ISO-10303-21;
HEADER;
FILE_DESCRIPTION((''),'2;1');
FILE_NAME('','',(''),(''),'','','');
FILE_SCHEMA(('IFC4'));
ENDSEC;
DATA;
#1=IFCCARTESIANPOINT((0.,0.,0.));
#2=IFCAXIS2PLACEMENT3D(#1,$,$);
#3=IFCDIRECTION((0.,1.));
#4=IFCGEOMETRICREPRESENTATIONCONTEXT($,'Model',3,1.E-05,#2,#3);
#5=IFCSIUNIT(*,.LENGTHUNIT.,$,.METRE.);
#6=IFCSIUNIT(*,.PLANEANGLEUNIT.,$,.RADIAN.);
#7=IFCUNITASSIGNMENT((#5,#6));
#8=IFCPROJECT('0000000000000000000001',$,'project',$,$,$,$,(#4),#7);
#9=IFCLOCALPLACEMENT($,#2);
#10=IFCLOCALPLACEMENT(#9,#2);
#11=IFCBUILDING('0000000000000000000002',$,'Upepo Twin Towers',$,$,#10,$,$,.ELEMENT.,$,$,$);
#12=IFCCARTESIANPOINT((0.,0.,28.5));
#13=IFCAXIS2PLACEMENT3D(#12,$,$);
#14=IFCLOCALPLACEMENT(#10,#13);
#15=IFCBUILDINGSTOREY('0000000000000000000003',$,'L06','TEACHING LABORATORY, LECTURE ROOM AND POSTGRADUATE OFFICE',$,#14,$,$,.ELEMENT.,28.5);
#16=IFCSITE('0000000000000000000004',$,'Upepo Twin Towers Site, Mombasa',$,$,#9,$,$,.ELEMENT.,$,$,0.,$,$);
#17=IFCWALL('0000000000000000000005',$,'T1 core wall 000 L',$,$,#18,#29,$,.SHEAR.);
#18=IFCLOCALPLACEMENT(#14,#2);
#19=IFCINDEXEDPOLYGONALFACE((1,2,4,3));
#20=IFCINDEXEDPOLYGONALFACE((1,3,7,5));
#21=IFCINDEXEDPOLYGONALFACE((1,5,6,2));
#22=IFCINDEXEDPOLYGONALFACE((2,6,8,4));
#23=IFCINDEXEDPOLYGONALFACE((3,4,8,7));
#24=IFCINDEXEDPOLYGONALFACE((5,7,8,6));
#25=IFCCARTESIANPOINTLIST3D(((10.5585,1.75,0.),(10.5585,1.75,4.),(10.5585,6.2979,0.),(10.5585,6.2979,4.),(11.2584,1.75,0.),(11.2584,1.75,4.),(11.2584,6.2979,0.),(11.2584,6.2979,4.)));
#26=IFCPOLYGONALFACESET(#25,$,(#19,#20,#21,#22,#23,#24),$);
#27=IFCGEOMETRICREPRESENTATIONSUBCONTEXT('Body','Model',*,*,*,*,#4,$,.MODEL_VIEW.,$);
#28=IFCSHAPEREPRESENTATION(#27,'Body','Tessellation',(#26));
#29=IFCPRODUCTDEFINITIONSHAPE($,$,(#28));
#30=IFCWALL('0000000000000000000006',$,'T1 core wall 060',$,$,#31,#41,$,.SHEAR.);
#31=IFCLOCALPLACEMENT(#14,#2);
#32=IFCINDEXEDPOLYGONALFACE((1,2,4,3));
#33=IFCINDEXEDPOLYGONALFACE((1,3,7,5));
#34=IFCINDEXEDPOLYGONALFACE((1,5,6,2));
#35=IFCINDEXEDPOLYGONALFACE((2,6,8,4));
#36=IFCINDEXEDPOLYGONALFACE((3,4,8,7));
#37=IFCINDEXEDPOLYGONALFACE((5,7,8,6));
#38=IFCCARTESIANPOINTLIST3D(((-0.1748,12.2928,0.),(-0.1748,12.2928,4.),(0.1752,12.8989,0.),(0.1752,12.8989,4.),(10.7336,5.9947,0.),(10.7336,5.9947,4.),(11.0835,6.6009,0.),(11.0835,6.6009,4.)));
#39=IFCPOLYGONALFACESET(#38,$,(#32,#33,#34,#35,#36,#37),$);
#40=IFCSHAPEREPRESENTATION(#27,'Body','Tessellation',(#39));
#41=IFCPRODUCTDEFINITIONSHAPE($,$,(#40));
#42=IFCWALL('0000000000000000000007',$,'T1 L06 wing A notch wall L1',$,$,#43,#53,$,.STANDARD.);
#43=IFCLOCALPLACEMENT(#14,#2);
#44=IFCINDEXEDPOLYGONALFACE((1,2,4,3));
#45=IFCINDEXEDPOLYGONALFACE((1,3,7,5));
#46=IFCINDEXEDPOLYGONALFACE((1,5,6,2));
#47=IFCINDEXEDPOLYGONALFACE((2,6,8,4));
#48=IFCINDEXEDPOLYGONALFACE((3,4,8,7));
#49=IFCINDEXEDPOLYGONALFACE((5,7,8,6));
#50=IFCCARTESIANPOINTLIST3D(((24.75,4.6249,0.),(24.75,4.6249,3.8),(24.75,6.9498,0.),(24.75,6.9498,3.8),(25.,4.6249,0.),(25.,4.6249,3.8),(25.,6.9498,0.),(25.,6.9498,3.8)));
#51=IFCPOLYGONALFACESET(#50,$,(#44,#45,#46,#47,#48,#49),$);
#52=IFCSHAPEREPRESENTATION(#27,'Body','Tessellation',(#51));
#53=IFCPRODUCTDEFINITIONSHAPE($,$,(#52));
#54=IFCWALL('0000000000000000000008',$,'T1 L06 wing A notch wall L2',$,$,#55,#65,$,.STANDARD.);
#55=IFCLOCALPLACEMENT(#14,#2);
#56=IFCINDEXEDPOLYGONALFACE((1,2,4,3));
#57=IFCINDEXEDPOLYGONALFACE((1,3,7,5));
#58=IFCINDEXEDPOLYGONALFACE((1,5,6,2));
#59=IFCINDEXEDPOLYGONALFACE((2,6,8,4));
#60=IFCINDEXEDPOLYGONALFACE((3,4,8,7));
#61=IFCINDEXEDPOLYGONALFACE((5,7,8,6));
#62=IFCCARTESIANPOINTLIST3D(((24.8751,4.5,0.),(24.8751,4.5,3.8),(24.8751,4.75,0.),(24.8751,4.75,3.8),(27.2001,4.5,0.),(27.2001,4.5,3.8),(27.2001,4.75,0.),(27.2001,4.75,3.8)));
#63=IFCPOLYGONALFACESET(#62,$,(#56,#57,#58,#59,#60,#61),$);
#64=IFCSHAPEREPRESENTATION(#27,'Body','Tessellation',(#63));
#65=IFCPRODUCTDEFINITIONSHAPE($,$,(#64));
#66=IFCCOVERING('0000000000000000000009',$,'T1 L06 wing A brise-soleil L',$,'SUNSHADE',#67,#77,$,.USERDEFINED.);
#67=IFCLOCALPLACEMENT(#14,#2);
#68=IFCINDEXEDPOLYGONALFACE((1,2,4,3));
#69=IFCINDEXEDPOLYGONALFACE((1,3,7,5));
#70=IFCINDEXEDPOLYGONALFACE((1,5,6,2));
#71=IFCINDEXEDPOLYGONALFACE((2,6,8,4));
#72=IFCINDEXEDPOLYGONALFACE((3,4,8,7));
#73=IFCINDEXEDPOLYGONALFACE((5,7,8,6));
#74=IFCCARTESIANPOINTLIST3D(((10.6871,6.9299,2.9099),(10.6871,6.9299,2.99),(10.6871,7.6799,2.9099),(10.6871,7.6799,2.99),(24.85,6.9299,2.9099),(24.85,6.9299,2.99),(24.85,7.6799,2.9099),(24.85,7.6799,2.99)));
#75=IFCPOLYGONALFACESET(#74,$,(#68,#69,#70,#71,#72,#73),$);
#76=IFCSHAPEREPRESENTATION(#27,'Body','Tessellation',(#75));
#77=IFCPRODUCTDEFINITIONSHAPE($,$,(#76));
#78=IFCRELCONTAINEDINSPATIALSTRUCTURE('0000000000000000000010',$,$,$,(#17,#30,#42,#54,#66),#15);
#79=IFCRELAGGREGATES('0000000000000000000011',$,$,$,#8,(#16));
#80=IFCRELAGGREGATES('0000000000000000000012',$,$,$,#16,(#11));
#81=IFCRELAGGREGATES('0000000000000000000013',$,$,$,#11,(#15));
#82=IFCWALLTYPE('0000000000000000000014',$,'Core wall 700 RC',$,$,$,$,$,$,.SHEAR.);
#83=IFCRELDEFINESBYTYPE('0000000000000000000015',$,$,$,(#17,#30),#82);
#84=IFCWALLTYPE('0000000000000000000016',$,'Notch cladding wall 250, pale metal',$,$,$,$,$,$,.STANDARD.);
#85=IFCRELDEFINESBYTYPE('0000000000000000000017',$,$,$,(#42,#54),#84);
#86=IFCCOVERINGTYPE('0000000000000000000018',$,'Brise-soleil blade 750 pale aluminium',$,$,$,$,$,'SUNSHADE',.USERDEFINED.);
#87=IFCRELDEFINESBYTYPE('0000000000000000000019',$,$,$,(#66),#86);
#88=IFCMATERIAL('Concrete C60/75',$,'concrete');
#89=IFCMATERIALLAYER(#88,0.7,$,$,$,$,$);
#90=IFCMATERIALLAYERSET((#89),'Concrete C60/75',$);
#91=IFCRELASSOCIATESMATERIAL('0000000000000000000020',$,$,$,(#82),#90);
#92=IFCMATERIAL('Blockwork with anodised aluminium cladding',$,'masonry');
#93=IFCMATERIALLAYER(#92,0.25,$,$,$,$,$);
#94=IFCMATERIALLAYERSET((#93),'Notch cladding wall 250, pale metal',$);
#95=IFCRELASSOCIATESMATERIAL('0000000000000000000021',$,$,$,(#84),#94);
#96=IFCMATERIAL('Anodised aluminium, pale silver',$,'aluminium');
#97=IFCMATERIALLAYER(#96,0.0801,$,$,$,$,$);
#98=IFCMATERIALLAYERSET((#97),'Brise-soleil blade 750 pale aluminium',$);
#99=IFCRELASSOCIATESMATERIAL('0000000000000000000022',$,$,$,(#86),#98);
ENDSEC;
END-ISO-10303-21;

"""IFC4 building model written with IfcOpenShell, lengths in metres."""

from ifc_helpers import new_model, si_unit, direction, frame, frame_2d, origin, origin_2d, place, context, subcontext, project, spatial, rectangle, extrude, material, layer, layer_set, type_object, element, save


model = new_model("IFC4")

# Units and contexts
model_context = context("Model", 3, precision=1e-05, world=origin(), true_north=direction((0.0, 1.0)))
body_context = subcontext(model_context, "Body", "Model", "MODEL_VIEW")
ifc_project = project(units=[si_unit("LENGTHUNIT", "METRE"), si_unit("PLANEANGLEUNIT", "RADIAN")], contexts=[model_context])

# Site, building, storey
site_placement = place(None, origin())
site = spatial("IfcSite", under=ifc_project, at=site_placement, Name="Upepo Twin Towers Site, Mombasa", CompositionType="ELEMENT", RefElevation=0.0)
building_placement = place(site_placement, origin())
building = spatial("IfcBuilding", under=site, at=building_placement, Name="Upepo Twin Towers", CompositionType="ELEMENT")
storey_placement = place(building_placement, frame((0.0, 0.0, 28.5)))
storey = spatial("IfcBuildingStorey", under=building, at=storey_placement, Name="L06", Description="TEACHING LABORATORY, LECTURE ROOM AND POSTGRADUATE OFFICE", CompositionType="ELEMENT", Elevation=28.5)

# Walls
ifc_material_1 = material(Name="Concrete C60/75", Category="concrete")
ifc_layer_1 = layer(ifc_material_1, 0.7)
ifc_layer_set_1 = layer_set([ifc_layer_1], Name="Concrete C60/75")
wall_type_1 = type_object("IfcWallType", Name="Core wall 700 RC", PredefinedType="SHEAR", material=ifc_layer_set_1)
wall_1_placement = place(storey_placement, frame((10.9084, 1.75, 0.0), z_axis=(0.0, 0.0, 1.0), x_axis=(0.0, 1.0, 0.0)))
element("IfcWall", 1, at=wall_1_placement, inside=storey, type_object=wall_type_1, Name="T1 core wall 000 L", PredefinedType="SHEAR", context=body_context, shape_type="SweptSolid", body=[
    extrude(rectangle(XDim=4.5479, YDim=0.7, at=frame_2d((2.2739, 0.0))), origin(), (0.0, 0.0, 1.0), 4.0),
])
wall_2_placement = place(storey_placement, frame((10.9084, 6.2979, 0.0), z_axis=(0.0, 0.0, 1.0), x_axis=(-0.866022, 0.500006, 0.0)))
element("IfcWall", 2, at=wall_2_placement, inside=storey, type_object=wall_type_1, Name="T1 core wall 060", PredefinedType="SHEAR", context=body_context, shape_type="SweptSolid", body=[
    extrude(rectangle(XDim=12.5959, YDim=0.7, at=frame_2d((6.2979, 0.0))), origin(), (0.0, 0.0, 1.0), 4.0),
])
ifc_material_2 = material(Name="Blockwork with anodised aluminium cladding", Category="masonry")
ifc_layer_2 = layer(ifc_material_2, 0.25)
ifc_layer_set_2 = layer_set([ifc_layer_2], Name="Notch cladding wall 250, pale metal")
wall_type_2 = type_object("IfcWallType", Name="Notch cladding wall 250, pale metal", PredefinedType="STANDARD", material=ifc_layer_set_2)
for number, where, z_axis, x_axis, name in (
    (3, (24.875, 6.95, 0.0), (0.0, 0.0, 1.0), (0.0, -1.0, 0.0), "T1 L06 wing A notch wall L1"),
    (4, (24.875, 4.625, 0.0), (0.0, 0.0, 1.0), (1.0, 0.0, 0.0), "T1 L06 wing A notch wall L2"),
):
    element("IfcWall", number, at=place(storey_placement, frame(where, z_axis=z_axis, x_axis=x_axis)), inside=storey, type_object=wall_type_2, Name=name, PredefinedType="STANDARD", context=body_context, shape_type="SweptSolid", body=[
        extrude(rectangle(XDim=2.325, YDim=0.25, at=frame_2d((1.1626, 0.0))), origin(), (0.0, 0.0, 1.0), 3.8),
    ])

# Covering
ifc_material_3 = material(Name="Anodised aluminium, pale silver", Category="aluminium")
ifc_layer_3 = layer(ifc_material_3, 0.0801)
ifc_layer_set_3 = layer_set([ifc_layer_3], Name="Brise-soleil blade 750 pale aluminium")
covering_type = type_object("IfcCoveringType", Name="Brise-soleil blade 750 pale aluminium", ElementType="SUNSHADE", PredefinedType="USERDEFINED", material=ifc_layer_set_3)
covering_placement = place(storey_placement, frame((17.7686, 7.3049, 2.9099), z_axis=(0.0, 0.0, 1.0), x_axis=(1.0, 0.0, 0.0)))
element("IfcCovering", 5, at=covering_placement, inside=storey, type_object=covering_type, Name="T1 L06 wing A brise-soleil L", ObjectType="SUNSHADE", PredefinedType="USERDEFINED", context=body_context, shape_type="SweptSolid", body=[
    extrude(rectangle(XDim=14.1628, YDim=0.75, at=origin_2d()), origin(), (0.0, 0.0, 1.0), 0.0801),
])

save(model, "model.ifc")
